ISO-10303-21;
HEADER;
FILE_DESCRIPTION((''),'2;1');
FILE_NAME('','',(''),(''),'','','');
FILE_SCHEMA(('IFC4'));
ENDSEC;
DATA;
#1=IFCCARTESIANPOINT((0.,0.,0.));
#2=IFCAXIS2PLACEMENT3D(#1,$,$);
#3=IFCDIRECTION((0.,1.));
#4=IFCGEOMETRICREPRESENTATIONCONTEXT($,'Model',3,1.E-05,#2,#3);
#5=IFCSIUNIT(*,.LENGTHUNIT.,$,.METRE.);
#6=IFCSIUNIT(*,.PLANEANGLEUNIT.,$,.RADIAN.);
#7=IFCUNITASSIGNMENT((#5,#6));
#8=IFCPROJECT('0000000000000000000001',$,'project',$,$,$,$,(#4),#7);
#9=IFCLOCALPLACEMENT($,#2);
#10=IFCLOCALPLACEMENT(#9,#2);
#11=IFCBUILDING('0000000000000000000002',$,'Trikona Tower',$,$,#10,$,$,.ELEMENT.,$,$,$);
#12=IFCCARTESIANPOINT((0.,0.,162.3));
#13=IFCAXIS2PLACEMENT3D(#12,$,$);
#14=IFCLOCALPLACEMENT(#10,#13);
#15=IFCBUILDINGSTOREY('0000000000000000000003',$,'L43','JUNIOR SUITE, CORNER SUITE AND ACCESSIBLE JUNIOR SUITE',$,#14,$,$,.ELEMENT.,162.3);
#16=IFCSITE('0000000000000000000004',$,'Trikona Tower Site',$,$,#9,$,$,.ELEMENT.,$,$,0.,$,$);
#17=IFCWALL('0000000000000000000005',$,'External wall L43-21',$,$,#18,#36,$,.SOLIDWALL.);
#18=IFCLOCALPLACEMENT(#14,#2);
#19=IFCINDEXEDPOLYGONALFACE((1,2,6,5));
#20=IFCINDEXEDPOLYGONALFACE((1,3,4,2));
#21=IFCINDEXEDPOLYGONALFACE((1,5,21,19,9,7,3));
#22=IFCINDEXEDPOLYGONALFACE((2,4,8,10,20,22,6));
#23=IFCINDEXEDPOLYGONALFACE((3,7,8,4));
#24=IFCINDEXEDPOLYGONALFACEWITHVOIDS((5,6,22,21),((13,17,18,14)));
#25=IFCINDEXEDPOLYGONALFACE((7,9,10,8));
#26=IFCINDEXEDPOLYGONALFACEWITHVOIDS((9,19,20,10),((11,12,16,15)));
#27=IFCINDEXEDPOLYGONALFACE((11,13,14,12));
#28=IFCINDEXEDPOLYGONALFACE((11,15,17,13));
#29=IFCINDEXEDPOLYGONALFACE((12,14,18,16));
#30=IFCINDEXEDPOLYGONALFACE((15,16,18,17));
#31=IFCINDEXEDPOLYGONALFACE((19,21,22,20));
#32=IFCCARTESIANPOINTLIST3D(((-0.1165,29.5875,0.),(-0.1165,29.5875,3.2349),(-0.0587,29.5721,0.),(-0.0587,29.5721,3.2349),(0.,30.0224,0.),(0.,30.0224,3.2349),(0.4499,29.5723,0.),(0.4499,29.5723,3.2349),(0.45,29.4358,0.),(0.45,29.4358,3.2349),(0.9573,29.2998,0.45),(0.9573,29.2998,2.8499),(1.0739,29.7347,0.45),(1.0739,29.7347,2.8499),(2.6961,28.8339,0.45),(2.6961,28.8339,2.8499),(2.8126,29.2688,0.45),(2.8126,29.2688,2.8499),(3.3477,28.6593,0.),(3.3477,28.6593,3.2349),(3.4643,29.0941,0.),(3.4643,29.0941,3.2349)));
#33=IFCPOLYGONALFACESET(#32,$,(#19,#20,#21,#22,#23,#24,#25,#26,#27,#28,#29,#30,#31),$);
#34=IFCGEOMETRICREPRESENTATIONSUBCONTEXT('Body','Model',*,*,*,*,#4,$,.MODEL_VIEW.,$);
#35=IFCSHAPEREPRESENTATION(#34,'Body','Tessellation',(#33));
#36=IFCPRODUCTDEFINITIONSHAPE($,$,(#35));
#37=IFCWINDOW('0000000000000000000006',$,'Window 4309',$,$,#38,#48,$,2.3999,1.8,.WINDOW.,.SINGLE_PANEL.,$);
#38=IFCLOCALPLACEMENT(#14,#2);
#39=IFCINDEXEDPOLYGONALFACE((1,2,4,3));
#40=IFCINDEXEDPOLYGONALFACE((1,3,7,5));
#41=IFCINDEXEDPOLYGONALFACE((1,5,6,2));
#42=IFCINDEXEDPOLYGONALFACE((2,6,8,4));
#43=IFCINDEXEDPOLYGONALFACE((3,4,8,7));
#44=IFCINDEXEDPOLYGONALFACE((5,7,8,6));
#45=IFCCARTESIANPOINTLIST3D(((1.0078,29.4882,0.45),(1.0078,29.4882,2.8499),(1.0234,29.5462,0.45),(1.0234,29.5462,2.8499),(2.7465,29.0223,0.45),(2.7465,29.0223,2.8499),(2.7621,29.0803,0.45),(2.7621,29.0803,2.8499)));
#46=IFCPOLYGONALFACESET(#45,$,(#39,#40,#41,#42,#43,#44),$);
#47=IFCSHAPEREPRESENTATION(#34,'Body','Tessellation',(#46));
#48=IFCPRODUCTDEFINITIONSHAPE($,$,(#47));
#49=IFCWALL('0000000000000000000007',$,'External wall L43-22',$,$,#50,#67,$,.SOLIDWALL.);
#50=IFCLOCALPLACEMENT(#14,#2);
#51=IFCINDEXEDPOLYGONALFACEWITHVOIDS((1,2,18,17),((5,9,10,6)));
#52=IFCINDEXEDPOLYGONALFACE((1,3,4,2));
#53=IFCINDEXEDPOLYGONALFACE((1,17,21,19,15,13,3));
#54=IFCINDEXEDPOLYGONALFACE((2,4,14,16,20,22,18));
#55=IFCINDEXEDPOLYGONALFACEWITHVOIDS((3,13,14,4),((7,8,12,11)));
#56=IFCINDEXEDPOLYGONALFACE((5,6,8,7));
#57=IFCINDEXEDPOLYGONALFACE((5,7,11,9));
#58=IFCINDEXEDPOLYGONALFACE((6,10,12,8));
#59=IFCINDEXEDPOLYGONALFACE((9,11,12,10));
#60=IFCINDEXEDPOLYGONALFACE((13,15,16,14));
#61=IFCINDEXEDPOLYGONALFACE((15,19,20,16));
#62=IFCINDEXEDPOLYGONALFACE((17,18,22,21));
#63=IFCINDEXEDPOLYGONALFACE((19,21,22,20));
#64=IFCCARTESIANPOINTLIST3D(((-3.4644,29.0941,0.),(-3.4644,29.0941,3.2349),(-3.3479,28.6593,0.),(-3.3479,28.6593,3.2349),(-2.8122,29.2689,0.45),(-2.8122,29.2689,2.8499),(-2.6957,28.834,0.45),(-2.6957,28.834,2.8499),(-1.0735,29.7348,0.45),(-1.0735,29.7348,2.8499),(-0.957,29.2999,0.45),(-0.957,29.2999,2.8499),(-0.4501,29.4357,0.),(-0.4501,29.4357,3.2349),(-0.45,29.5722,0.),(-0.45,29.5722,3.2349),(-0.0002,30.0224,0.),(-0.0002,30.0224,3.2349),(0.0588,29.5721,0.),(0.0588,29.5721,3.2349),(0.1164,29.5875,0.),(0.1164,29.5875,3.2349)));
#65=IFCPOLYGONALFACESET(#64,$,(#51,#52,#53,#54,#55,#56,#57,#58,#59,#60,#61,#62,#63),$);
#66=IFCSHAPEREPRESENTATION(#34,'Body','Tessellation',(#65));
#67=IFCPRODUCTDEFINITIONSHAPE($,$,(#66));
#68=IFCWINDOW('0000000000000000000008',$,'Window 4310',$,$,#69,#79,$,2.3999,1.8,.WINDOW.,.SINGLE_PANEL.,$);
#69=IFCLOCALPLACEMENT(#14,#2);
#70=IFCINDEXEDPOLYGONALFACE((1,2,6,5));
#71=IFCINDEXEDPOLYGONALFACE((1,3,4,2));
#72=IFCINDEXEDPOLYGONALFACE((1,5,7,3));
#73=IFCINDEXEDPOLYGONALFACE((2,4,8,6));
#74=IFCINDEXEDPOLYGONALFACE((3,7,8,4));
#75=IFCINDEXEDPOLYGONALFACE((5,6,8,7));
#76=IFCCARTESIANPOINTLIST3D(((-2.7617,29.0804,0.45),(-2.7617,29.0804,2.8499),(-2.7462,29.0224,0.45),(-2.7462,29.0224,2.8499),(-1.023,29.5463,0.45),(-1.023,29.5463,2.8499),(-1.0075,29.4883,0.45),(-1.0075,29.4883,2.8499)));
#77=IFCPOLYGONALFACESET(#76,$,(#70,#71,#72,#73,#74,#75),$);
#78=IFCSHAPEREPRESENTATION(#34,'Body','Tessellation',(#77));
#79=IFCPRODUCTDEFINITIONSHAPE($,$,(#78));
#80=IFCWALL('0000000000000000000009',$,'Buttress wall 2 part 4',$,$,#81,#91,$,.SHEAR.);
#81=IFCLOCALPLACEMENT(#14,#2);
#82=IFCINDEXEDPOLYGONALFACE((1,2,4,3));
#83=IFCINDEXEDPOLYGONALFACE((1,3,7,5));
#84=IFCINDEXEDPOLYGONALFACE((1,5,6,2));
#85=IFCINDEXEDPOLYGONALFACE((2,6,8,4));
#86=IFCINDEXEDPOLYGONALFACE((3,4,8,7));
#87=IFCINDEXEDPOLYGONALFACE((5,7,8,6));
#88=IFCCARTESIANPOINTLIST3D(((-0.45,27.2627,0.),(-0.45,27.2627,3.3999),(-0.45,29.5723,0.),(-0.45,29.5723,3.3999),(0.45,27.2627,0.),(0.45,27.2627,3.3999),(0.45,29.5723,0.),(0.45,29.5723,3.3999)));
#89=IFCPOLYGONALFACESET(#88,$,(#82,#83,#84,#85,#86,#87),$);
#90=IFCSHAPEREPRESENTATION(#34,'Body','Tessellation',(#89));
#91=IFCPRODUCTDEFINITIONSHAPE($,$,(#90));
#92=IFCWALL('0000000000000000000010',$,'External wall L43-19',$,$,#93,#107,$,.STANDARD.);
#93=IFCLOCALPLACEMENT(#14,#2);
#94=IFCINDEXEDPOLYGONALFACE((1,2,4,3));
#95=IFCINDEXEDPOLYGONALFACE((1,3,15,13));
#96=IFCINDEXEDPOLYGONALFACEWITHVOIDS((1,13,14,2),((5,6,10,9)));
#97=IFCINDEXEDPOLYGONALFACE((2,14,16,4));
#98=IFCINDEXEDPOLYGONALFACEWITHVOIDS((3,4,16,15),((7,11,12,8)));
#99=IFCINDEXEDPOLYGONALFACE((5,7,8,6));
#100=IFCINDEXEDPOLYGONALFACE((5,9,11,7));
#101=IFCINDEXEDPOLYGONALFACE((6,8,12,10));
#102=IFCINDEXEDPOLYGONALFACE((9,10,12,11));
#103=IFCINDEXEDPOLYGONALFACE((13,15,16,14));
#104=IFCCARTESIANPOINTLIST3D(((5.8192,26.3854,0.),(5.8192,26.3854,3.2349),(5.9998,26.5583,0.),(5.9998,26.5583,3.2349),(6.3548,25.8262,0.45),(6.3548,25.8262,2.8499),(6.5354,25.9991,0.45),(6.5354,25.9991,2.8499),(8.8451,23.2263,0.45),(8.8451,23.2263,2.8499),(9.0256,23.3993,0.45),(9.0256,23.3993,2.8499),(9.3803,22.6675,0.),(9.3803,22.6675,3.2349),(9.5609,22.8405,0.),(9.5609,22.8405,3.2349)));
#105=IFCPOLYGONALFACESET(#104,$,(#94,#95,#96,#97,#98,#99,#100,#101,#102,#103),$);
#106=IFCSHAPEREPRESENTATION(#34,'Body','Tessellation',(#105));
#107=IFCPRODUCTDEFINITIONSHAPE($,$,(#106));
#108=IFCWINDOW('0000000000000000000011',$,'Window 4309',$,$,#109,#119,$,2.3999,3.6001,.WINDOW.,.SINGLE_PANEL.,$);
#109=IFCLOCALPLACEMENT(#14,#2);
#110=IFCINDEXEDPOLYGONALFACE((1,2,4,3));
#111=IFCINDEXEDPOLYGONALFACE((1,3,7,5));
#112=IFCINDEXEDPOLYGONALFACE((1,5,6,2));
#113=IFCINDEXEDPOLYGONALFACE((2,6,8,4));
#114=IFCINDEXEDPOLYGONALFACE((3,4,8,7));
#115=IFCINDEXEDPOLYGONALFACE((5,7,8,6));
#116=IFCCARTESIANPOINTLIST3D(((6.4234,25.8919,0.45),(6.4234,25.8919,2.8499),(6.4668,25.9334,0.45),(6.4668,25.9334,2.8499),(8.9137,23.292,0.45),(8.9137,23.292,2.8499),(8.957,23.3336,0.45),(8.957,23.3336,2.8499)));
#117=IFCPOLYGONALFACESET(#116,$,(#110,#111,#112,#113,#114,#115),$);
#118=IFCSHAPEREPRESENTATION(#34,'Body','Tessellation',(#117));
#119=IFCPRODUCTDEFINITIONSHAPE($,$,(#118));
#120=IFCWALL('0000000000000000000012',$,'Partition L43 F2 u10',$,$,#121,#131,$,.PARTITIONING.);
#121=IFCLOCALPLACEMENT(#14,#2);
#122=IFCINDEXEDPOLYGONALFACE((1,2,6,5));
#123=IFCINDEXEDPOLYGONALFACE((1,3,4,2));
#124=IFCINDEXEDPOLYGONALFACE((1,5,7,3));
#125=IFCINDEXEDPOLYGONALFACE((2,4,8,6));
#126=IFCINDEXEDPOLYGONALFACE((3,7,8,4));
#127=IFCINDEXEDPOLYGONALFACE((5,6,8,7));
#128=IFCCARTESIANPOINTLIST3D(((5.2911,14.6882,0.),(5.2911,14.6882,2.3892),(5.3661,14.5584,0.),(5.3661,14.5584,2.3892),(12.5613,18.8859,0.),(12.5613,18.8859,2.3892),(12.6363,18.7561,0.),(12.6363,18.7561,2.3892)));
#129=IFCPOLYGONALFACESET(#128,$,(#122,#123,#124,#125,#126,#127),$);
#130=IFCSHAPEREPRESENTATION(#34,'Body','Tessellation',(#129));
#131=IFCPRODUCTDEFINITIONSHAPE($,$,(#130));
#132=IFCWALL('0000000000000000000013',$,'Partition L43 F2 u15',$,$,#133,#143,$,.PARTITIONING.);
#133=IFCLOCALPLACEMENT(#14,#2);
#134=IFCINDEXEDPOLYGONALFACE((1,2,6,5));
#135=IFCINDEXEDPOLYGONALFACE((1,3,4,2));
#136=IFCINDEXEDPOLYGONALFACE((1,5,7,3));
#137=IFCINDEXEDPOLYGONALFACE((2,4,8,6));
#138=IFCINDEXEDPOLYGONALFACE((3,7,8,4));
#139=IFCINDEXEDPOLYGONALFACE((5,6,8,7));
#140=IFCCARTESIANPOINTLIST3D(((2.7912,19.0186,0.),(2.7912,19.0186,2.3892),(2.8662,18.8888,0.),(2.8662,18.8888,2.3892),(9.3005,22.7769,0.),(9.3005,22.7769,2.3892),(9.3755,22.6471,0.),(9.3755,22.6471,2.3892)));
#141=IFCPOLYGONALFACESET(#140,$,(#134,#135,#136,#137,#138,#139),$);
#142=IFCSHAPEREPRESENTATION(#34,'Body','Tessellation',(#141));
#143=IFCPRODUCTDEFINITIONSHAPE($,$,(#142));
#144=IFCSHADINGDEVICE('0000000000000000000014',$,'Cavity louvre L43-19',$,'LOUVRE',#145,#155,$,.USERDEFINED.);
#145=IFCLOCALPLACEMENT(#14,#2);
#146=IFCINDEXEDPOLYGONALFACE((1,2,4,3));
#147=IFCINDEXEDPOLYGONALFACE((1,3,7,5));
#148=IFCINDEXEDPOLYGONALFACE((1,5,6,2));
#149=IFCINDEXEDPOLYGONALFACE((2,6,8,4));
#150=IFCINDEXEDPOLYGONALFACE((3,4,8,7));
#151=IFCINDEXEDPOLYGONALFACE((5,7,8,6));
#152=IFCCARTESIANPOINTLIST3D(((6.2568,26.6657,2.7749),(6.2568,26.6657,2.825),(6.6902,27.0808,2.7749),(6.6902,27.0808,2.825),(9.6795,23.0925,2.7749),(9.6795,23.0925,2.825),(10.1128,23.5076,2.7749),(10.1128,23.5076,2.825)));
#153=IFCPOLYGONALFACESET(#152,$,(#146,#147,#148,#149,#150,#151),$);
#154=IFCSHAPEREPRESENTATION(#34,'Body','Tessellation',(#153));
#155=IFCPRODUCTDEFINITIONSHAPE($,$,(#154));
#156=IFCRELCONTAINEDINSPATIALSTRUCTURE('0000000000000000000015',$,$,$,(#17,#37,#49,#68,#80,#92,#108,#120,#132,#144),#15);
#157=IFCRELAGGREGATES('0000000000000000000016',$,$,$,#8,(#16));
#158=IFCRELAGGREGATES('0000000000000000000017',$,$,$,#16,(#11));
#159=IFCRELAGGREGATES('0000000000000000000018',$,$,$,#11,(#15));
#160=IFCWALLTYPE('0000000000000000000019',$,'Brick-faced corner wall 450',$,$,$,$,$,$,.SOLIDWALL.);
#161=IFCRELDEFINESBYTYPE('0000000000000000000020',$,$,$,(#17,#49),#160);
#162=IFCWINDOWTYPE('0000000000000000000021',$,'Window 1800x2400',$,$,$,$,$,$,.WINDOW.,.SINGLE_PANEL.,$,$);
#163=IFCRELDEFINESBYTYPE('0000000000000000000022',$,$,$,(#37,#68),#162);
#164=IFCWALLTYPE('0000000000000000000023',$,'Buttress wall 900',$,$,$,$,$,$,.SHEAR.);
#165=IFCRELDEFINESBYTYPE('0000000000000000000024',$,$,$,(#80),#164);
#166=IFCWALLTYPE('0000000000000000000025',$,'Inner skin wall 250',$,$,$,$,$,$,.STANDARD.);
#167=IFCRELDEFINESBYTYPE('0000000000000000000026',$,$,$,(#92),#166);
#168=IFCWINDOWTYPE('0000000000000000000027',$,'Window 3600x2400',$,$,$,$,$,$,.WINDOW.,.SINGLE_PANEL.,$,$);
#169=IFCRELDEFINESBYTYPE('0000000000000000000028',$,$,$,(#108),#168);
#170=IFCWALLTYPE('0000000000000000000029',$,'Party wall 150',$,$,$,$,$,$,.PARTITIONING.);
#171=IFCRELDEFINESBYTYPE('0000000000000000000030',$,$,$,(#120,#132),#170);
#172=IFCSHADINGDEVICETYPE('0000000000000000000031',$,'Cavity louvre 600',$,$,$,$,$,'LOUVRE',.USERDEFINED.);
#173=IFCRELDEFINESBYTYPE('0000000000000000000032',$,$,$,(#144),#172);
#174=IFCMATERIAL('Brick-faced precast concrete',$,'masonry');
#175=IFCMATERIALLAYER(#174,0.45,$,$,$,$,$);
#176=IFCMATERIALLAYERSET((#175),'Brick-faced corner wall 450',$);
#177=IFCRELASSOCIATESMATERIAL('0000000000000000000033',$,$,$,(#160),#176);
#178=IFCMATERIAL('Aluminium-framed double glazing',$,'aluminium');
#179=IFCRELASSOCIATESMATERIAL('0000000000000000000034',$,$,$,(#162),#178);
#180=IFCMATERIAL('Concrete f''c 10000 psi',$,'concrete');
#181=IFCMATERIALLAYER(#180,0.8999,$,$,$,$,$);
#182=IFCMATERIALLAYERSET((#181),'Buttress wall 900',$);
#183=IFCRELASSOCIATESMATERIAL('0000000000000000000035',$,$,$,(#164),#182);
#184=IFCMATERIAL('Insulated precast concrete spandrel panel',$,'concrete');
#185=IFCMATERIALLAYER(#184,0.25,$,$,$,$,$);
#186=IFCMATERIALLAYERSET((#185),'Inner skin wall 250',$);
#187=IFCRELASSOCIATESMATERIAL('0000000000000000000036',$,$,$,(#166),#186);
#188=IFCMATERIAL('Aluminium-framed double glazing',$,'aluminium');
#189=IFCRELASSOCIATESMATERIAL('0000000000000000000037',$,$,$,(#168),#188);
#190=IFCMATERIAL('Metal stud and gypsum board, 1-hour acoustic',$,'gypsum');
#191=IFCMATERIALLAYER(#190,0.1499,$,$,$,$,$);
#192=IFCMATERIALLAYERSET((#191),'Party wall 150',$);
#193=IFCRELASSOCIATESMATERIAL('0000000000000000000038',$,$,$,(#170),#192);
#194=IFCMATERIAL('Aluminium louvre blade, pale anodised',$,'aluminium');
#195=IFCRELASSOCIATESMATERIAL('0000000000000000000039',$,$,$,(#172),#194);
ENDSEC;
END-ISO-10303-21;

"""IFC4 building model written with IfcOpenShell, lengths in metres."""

from ifc_helpers import new_model, si_unit, direction, frame, frame_2d, origin, origin_2d, place, context, subcontext, project, spatial, polyline, rectangle, outline, extrude, material, layer, layer_set, type_object, element, fill, save


model = new_model("IFC4")

# Units and contexts
model_context = context("Model", 3, precision=1e-05, world=origin(), true_north=direction((0.0, 1.0)))
body_context = subcontext(model_context, "Body", "Model", "MODEL_VIEW")
ifc_project = project(units=[si_unit("LENGTHUNIT", "METRE"), si_unit("PLANEANGLEUNIT", "RADIAN")], contexts=[model_context])

# Site, building, storey
site_placement = place(None, origin())
site = spatial("IfcSite", under=ifc_project, at=site_placement, Name="Trikona Tower Site", CompositionType="ELEMENT", RefElevation=0.0)
building_placement = place(site_placement, origin())
building = spatial("IfcBuilding", under=site, at=building_placement, Name="Trikona Tower", CompositionType="ELEMENT")
storey_placement = place(building_placement, frame((0.0, 0.0, 162.3)))
storey = spatial("IfcBuildingStorey", under=building, at=storey_placement, Name="L43", Description="JUNIOR SUITE, CORNER SUITE AND ACCESSIBLE JUNIOR SUITE", CompositionType="ELEMENT", Elevation=162.3)

# Walls, openings, windows
ifc_material_1 = material(Name="Brick-faced precast concrete", Category="masonry")
ifc_layer_1 = layer(ifc_material_1, 0.45)
ifc_layer_set_1 = layer_set([ifc_layer_1], Name="Brick-faced corner wall 450")
wall_type_1 = type_object("IfcWallType", Name="Brick-faced corner wall 450", PredefinedType="SOLIDWALL", material=ifc_layer_set_1)
wall_1_placement = place(storey_placement, frame((3.406, 28.8767, 0.0), z_axis=(0.0, 0.0, 1.0), x_axis=(-0.965925, 0.258823, 0.0)))
wall_1 = element("IfcWall", 1, at=wall_1_placement, inside=storey, type_object=wall_type_1, Name="External wall L43-21", PredefinedType="SOLIDWALL", context=body_context, shape_type="SweptSolid", body=[
    extrude(outline(polyline([(3.5864, 0.2251), (3.5266, 0.2251), (3.0354, 0.0933), (3.0, 0.2251), (0.0, 0.2251), (0.0, -0.2251), (3.5864, -0.2251), (3.5864, 0.2251)])), origin(), (0.0, 0.0, 1.0), 3.2349),
])
opening_1_placement = place(wall_1_placement, frame((0.6748, 0.0, 0.45)))
opening_1 = element("IfcOpeningElement", 2, at=opening_1_placement, cuts=wall_1, PredefinedType="OPENING", context=body_context, shape_type="SweptSolid", body=[
    extrude(rectangle(XDim=1.8, YDim=2.3999, at=frame_2d((0.8999, 1.2))), frame((0.0, 0.2349, 0.0), z_axis=(0.0, -1.0, 0.0), x_axis=(1.0, 0.0, 0.0)), (0.0, 0.0, 1.0), 0.47),
])
ifc_material_2 = material(Name="Aluminium-framed double glazing", Category="aluminium")
window_type_1 = type_object("IfcWindowType", Name="Window 1800x2400", PartitioningType="SINGLE_PANEL", PredefinedType="WINDOW", material=ifc_material_2)
window_1_placement = place(opening_1_placement, origin())
window_1 = element("IfcWindow", 3, at=window_1_placement, inside=storey, type_object=window_type_1, Name="Window 4309", OverallHeight=2.3999, OverallWidth=1.8, PartitioningType="SINGLE_PANEL", PredefinedType="WINDOW", context=body_context, shape_type="SweptSolid", body=[
    extrude(rectangle(XDim=1.8, YDim=2.3999, at=frame_2d((0.8999, 1.2))), frame((0.0, 0.03, 0.0), z_axis=(0.0, -1.0, 0.0), x_axis=(1.0, 0.0, 0.0)), (0.0, 0.0, 1.0), 0.0601),
])
fill(opening_1, window_1)
wall_2_placement = place(storey_placement, frame((0.0581, 29.8049, 0.0), z_axis=(0.0, 0.0, 1.0), x_axis=(-0.965925, -0.258823, 0.0)))
wall_2 = element("IfcWall", 4, at=wall_2_placement, inside=storey, type_object=wall_type_1, Name="External wall L43-22", PredefinedType="SOLIDWALL", context=body_context, shape_type="SweptSolid", body=[
    extrude(outline(polyline([(3.5864, 0.2251), (0.5864, 0.2251), (0.551, 0.0933), (0.0596, 0.2251), (0.0, 0.2251), (0.0, -0.2251), (3.5864, -0.2251), (3.5864, 0.2251)])), origin(), (0.0, 0.0, 1.0), 3.2349),
])
opening_2_placement = place(wall_2_placement, frame((1.1113, 0.0, 0.45)))
opening_2 = element("IfcOpeningElement", 5, at=opening_2_placement, cuts=wall_2, PredefinedType="OPENING", context=body_context, shape_type="SweptSolid", body=[
    extrude(rectangle(XDim=1.8, YDim=2.3999, at=frame_2d((0.8999, 1.2))), frame((0.0, 0.2349, 0.0), z_axis=(0.0, -1.0, 0.0), x_axis=(1.0, 0.0, 0.0)), (0.0, 0.0, 1.0), 0.47),
])
window_2_placement = place(opening_2_placement, origin())
window_2 = element("IfcWindow", 6, at=window_2_placement, inside=storey, type_object=window_type_1, Name="Window 4310", OverallHeight=2.3999, OverallWidth=1.8, PartitioningType="SINGLE_PANEL", PredefinedType="WINDOW", context=body_context, shape_type="SweptSolid", body=[
    extrude(rectangle(XDim=1.8, YDim=2.3999, at=frame_2d((0.8999, 1.2))), frame((0.0, 0.03, 0.0), z_axis=(0.0, -1.0, 0.0), x_axis=(1.0, 0.0, 0.0)), (0.0, 0.0, 1.0), 0.0601),
])
fill(opening_2, window_2)

# Wall
ifc_material_3 = material(Name="Concrete f'c 10000 psi", Category="concrete")
ifc_layer_2 = layer(ifc_material_3, 0.8999)
ifc_layer_set_2 = layer_set([ifc_layer_2], Name="Buttress wall 900")
wall_type_2 = type_object("IfcWallType", Name="Buttress wall 900", PredefinedType="SHEAR", material=ifc_layer_set_2)
wall_3_placement = place(storey_placement, frame((0.0, 27.2627, 0.0), z_axis=(0.0, 0.0, 1.0), x_axis=(0.0, 1.0, 0.0)))
element("IfcWall", 7, at=wall_3_placement, inside=storey, type_object=wall_type_2, Name="Buttress wall 2 part 4", PredefinedType="SHEAR", context=body_context, shape_type="SweptSolid", body=[
    extrude(rectangle(XDim=2.3096, YDim=0.8999, at=frame_2d((1.1548, 0.0))), origin(), (0.0, 0.0, 1.0), 3.3999),
])

# Wall, opening, window
ifc_material_4 = material(Name="Insulated precast concrete spandrel panel", Category="concrete")
ifc_layer_3 = layer(ifc_material_4, 0.25)
ifc_layer_set_3 = layer_set([ifc_layer_3], Name="Inner skin wall 250")
wall_type_3 = type_object("IfcWallType", Name="Inner skin wall 250", PredefinedType="STANDARD", material=ifc_layer_set_3)
wall_4_placement = place(storey_placement, frame((9.4707, 22.7539, 0.0), z_axis=(0.0, 0.0, 1.0), x_axis=(-0.69172, 0.722166, 0.0)))
wall_4 = element("IfcWall", 8, at=wall_4_placement, inside=storey, type_object=wall_type_3, Name="External wall L43-19", PredefinedType="STANDARD", context=body_context, shape_type="SweptSolid", body=[
    extrude(rectangle(XDim=5.1482, YDim=0.25, at=frame_2d((2.5742, 0.0))), origin(), (0.0, 0.0, 1.0), 3.2349),
])
opening_3_placement = place(wall_4_placement, frame((0.7739, 0.0, 0.45)))
opening_3 = element("IfcOpeningElement", 9, at=opening_3_placement, cuts=wall_4, PredefinedType="OPENING", context=body_context, shape_type="SweptSolid", body=[
    extrude(rectangle(XDim=3.6001, YDim=2.3999, at=frame_2d((1.8, 1.2))), frame((0.0, 0.135, 0.0), z_axis=(0.0, -1.0, 0.0), x_axis=(1.0, 0.0, 0.0)), (0.0, 0.0, 1.0), 0.27),
])
ifc_material_5 = material(Name="Aluminium-framed double glazing", Category="aluminium")
window_type_2 = type_object("IfcWindowType", Name="Window 3600x2400", PartitioningType="SINGLE_PANEL", PredefinedType="WINDOW", material=ifc_material_5)
window_3_placement = place(opening_3_placement, origin())
window_3 = element("IfcWindow", 10, at=window_3_placement, inside=storey, type_object=window_type_2, Name="Window 4309", OverallHeight=2.3999, OverallWidth=3.6001, PartitioningType="SINGLE_PANEL", PredefinedType="WINDOW", context=body_context, shape_type="SweptSolid", body=[
    extrude(rectangle(XDim=3.6001, YDim=2.3999, at=frame_2d((1.8, 1.2))), frame((0.0, 0.03, 0.0), z_axis=(0.0, -1.0, 0.0), x_axis=(1.0, 0.0, 0.0)), (0.0, 0.0, 1.0), 0.0601),
])
fill(opening_3, window_3)

# Walls
ifc_material_6 = material(Name="Metal stud and gypsum board, 1-hour acoustic", Category="gypsum")
ifc_layer_4 = layer(ifc_material_6, 0.1499)
ifc_layer_set_4 = layer_set([ifc_layer_4], Name="Party wall 150")
wall_type_4 = type_object("IfcWallType", Name="Party wall 150", PredefinedType="PARTITIONING", material=ifc_layer_set_4)
wall_5_placement = place(storey_placement, frame((5.3286, 14.6233, 0.0), z_axis=(0.0, 0.0, 1.0), x_axis=(0.866012, 0.500024, 0.0)))
element("IfcWall", 11, at=wall_5_placement, inside=storey, type_object=wall_type_4, Name="Partition L43 F2 u10", PredefinedType="PARTITIONING", context=body_context, shape_type="SweptSolid", body=[
    extrude(rectangle(XDim=8.395, YDim=0.1499, at=frame_2d((4.1975, 0.0))), origin(), (0.0, 0.0, 1.0), 2.3892),
])
wall_6_placement = place(storey_placement, frame((2.8286, 18.9536, 0.0), z_axis=(0.0, 0.0, 1.0), x_axis=(0.866016, 0.500017, 0.0)))
element("IfcWall", 12, at=wall_6_placement, inside=storey, type_object=wall_type_4, Name="Partition L43 F2 u15", PredefinedType="PARTITIONING", context=body_context, shape_type="SweptSolid", body=[
    extrude(rectangle(XDim=7.5164, YDim=0.1499, at=frame_2d((3.7583, 0.0))), origin(), (0.0, 0.0, 1.0), 2.3892),
])

# Shading device
ifc_material_7 = material(Name="Aluminium louvre blade, pale anodised", Category="aluminium")
shading_device_type = type_object("IfcShadingDeviceType", Name="Cavity louvre 600", ElementType="LOUVRE", PredefinedType="USERDEFINED", material=ifc_material_7)
shading_device_placement = place(storey_placement, frame((8.1848, 25.0867, 2.7749), z_axis=(0.0, 0.0, 1.0), x_axis=(-0.691724, 0.722162, 0.0)))
element("IfcShadingDevice", 13, at=shading_device_placement, inside=storey, type_object=shading_device_type, Name="Cavity louvre L43-19", ObjectType="LOUVRE", PredefinedType="USERDEFINED", context=body_context, shape_type="SweptSolid", body=[
    extrude(rectangle(XDim=4.948, YDim=0.6001, at=origin_2d()), origin(), (0.0, 0.0, 1.0), 0.05),
])

save(model, "model.ifc")
